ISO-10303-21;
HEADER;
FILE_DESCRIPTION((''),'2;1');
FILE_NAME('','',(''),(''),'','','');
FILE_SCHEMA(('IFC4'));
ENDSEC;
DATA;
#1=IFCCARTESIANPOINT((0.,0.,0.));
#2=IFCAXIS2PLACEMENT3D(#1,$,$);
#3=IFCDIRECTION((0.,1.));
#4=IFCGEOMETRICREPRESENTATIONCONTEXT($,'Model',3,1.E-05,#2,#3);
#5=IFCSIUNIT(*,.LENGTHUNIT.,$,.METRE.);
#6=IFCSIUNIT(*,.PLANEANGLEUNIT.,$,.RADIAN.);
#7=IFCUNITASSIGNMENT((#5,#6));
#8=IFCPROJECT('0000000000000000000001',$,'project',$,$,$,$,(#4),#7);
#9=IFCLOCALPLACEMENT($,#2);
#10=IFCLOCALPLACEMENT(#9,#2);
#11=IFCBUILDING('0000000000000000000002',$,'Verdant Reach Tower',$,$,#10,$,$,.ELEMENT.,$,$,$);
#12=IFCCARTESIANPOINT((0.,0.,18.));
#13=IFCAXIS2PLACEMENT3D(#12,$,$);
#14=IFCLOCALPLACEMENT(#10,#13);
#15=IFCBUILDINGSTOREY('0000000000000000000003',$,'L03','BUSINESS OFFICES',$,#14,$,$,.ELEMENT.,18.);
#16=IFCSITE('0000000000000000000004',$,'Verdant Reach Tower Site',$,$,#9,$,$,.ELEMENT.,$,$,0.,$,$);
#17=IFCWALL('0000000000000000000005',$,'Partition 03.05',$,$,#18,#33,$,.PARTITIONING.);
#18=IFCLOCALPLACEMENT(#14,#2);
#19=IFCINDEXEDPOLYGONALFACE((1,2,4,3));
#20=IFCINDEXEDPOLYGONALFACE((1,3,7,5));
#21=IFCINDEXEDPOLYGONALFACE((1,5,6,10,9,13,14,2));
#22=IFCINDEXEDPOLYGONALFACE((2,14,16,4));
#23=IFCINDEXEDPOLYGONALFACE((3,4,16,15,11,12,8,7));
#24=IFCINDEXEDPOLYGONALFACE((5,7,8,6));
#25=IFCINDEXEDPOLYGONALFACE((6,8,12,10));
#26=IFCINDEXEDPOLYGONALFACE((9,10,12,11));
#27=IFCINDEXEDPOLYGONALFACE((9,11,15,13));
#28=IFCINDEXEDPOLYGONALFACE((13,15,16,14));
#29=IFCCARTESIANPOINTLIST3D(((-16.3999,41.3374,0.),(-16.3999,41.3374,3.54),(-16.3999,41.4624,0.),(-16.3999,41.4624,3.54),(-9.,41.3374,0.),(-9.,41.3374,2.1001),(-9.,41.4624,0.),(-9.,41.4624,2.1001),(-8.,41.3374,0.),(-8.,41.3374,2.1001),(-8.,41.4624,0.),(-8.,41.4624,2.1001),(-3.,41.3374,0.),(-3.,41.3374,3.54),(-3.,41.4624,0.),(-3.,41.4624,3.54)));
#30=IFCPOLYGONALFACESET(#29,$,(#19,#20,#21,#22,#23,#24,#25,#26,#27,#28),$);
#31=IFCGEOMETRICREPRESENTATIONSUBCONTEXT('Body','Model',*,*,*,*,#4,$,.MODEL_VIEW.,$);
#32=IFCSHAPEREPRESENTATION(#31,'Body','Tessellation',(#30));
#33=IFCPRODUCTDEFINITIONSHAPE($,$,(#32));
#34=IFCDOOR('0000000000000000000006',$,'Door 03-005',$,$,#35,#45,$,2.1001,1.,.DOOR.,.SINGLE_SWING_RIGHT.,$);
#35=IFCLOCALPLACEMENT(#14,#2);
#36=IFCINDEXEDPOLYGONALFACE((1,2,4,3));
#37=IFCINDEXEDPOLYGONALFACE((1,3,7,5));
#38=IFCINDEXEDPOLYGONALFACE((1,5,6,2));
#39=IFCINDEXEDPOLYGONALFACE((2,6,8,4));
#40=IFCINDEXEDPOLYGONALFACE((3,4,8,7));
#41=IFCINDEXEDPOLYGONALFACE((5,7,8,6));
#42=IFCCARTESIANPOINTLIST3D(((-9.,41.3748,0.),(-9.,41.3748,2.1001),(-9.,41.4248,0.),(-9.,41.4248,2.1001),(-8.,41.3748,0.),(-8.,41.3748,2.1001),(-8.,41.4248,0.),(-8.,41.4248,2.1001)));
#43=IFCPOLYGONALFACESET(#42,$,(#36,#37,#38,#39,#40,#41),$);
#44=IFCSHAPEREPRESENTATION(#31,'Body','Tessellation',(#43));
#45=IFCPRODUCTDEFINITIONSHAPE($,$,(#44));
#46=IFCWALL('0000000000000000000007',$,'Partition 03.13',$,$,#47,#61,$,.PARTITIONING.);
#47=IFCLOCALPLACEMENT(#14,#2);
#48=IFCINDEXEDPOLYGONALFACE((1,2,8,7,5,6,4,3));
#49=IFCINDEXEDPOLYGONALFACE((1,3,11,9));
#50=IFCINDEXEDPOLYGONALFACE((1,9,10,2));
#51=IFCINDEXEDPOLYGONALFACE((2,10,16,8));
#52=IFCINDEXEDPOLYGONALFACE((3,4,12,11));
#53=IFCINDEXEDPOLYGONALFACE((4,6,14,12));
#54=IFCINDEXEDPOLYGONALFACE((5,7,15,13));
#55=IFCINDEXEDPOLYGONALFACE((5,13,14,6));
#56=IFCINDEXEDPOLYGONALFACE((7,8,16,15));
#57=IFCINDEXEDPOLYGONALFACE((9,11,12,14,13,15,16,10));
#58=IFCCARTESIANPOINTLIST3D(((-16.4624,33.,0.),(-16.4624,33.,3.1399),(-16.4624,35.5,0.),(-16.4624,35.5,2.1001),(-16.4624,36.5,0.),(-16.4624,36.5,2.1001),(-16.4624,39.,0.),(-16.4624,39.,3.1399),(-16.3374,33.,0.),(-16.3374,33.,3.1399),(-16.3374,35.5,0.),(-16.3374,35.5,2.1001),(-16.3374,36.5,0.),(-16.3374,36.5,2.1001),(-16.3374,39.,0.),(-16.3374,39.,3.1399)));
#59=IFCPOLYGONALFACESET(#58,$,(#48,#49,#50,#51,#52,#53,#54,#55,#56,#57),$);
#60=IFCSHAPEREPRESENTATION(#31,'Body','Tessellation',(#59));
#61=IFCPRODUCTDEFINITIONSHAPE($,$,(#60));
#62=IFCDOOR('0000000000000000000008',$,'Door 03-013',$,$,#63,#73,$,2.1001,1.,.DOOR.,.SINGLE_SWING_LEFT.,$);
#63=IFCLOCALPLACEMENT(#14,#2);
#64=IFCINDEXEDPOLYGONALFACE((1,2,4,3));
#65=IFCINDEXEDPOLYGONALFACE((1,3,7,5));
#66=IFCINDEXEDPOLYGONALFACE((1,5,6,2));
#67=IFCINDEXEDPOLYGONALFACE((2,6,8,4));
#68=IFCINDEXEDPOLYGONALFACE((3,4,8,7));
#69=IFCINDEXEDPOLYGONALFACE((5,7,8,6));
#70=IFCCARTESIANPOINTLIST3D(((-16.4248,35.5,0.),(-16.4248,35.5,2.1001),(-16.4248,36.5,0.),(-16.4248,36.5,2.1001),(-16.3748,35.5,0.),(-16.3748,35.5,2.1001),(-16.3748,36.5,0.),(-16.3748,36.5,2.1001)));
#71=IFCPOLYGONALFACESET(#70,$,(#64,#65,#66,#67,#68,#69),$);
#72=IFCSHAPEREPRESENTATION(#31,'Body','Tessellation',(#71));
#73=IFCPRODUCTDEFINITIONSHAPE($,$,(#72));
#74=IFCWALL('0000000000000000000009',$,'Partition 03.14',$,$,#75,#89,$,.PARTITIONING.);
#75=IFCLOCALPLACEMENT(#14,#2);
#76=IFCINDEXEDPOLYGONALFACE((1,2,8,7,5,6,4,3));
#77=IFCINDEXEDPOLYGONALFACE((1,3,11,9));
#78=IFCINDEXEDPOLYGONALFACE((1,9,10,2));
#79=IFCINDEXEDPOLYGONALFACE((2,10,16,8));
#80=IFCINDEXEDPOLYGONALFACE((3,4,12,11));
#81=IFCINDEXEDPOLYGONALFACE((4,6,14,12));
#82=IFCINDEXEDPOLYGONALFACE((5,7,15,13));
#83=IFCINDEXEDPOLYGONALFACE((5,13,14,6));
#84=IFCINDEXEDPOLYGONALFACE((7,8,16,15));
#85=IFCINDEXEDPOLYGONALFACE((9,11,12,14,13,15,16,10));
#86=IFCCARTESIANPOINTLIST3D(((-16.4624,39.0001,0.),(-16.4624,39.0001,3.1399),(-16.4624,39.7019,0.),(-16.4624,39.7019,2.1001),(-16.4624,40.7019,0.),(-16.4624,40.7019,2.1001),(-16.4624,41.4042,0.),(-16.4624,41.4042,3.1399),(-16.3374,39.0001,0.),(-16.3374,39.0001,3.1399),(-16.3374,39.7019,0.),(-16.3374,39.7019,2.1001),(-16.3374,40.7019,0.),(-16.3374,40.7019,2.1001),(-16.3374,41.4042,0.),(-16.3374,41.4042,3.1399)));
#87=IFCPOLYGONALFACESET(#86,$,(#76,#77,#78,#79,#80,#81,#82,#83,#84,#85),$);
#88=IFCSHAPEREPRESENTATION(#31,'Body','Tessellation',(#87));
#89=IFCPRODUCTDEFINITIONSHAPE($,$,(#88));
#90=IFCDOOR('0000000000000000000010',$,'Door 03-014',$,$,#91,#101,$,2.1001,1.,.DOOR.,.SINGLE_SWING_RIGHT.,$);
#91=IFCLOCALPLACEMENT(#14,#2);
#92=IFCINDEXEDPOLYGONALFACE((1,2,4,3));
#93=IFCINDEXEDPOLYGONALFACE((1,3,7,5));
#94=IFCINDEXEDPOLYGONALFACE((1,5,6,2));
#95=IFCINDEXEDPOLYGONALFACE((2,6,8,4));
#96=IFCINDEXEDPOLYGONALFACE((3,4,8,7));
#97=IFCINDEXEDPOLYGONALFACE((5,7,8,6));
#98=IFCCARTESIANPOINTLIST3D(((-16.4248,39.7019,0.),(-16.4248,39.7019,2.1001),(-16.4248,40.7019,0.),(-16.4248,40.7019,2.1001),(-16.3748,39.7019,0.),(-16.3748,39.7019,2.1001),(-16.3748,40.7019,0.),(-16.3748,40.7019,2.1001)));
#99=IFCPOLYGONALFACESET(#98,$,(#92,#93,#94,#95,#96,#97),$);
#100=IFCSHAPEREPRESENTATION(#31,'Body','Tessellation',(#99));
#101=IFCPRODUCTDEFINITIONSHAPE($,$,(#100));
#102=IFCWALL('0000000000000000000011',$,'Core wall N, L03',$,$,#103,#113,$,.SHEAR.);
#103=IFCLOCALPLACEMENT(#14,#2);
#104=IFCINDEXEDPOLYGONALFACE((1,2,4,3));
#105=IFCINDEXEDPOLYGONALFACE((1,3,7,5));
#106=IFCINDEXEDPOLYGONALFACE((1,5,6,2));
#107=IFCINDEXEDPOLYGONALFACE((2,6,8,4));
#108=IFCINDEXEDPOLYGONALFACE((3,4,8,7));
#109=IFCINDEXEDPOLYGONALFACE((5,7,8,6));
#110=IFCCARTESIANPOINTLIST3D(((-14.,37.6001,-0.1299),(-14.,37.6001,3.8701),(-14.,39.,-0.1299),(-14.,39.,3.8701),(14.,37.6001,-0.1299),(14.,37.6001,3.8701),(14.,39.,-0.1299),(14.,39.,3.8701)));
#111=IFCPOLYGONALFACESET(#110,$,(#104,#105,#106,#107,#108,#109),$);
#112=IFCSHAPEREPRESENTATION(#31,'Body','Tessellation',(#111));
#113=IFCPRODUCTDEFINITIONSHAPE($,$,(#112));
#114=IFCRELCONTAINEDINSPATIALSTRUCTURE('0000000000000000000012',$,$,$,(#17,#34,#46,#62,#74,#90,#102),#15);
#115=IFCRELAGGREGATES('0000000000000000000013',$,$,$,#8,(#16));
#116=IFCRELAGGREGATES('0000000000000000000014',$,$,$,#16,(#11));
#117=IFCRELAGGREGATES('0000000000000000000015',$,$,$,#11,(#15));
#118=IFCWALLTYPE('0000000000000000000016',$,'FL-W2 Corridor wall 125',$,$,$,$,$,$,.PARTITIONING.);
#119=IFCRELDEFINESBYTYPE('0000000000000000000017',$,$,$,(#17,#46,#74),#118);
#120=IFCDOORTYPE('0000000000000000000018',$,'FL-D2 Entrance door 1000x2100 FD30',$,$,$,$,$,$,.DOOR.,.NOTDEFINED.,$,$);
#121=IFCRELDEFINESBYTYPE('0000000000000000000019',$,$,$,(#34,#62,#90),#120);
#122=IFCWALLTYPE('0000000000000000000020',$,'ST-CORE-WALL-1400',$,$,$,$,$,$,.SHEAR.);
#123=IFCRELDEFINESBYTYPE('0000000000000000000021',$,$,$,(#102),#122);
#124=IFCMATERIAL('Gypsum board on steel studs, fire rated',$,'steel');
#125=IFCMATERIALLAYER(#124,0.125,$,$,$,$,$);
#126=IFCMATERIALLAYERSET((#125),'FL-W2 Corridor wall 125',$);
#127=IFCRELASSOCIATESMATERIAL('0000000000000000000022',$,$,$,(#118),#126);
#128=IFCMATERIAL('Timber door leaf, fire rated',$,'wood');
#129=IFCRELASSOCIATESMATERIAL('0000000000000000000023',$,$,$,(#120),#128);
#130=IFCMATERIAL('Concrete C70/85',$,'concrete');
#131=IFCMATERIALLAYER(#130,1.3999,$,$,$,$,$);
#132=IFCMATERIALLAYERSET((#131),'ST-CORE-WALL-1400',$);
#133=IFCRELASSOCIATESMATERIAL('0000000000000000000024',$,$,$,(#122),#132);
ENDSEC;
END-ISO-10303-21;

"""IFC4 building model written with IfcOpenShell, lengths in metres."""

from ifc_helpers import new_model, si_unit, direction, frame, frame_2d, origin, place, context, subcontext, project, spatial, rectangle, extrude, material, layer, layer_set, type_object, element, fill, save


model = new_model("IFC4")

# Units and contexts
model_context = context("Model", 3, precision=1e-05, world=origin(), true_north=direction((0.0, 1.0)))
body_context = subcontext(model_context, "Body", "Model", "MODEL_VIEW")
ifc_project = project(units=[si_unit("LENGTHUNIT", "METRE"), si_unit("PLANEANGLEUNIT", "RADIAN")], contexts=[model_context])

# Site, building, storey
site_placement = place(None, origin())
site = spatial("IfcSite", under=ifc_project, at=site_placement, Name="Verdant Reach Tower Site", CompositionType="ELEMENT", RefElevation=0.0)
building_placement = place(site_placement, origin())
building = spatial("IfcBuilding", under=site, at=building_placement, Name="Verdant Reach Tower", CompositionType="ELEMENT")
storey_placement = place(building_placement, frame((0.0, 0.0, 18.0)))
storey = spatial("IfcBuildingStorey", under=building, at=storey_placement, Name="L03", Description="BUSINESS OFFICES", CompositionType="ELEMENT", Elevation=18.0)

# Walls, openings, doors
ifc_material_1 = material(Name="Gypsum board on steel studs, fire rated", Category="steel")
ifc_layer_1 = layer(ifc_material_1, 0.125)
ifc_layer_set_1 = layer_set([ifc_layer_1], Name="FL-W2 Corridor wall 125")
wall_type_1 = type_object("IfcWallType", Name="FL-W2 Corridor wall 125", PredefinedType="PARTITIONING", material=ifc_layer_set_1)
wall_1_placement = place(storey_placement, frame((-16.3999, 41.3999, 0.0), z_axis=(0.0, 0.0, 1.0), x_axis=(1.0, 0.0, 0.0)))
wall_1 = element("IfcWall", 1, at=wall_1_placement, inside=storey, type_object=wall_type_1, Name="Partition 03.05", PredefinedType="PARTITIONING", context=body_context, shape_type="SweptSolid", body=[
    extrude(rectangle(XDim=13.3999, YDim=0.125, at=frame_2d((6.7, 0.0))), origin(), (0.0, 0.0, 1.0), 3.54),
])
opening_1_placement = place(wall_1_placement, frame((7.3999, 0.0, 0.0)))
opening_1 = element("IfcOpeningElement", 2, at=opening_1_placement, cuts=wall_1, PredefinedType="OPENING", context=body_context, shape_type="SweptSolid", body=[
    extrude(rectangle(XDim=1.0, YDim=2.1001, at=frame_2d((0.5, 1.05))), frame((0.0, 0.0725, 0.0), z_axis=(0.0, -1.0, 0.0), x_axis=(1.0, 0.0, 0.0)), (0.0, 0.0, 1.0), 0.145),
])
ifc_material_2 = material(Name="Timber door leaf, fire rated", Category="wood")
door_type_1 = type_object("IfcDoorType", Name="FL-D2 Entrance door 1000x2100 FD30", OperationType="NOTDEFINED", PredefinedType="DOOR", material=ifc_material_2)
door_1_placement = place(opening_1_placement, origin())
door_1 = element("IfcDoor", 3, at=door_1_placement, inside=storey, type_object=door_type_1, Name="Door 03-005", OperationType="SINGLE_SWING_RIGHT", OverallHeight=2.1001, OverallWidth=1.0, PredefinedType="DOOR", context=body_context, shape_type="SweptSolid", body=[
    extrude(rectangle(XDim=1.0, YDim=2.1001, at=frame_2d((0.5, 1.05))), frame((0.0, 0.0249, 0.0), z_axis=(0.0, -1.0, 0.0), x_axis=(1.0, 0.0, 0.0)), (0.0, 0.0, 1.0), 0.05),
])
fill(opening_1, door_1)
wall_2_placement = place(storey_placement, frame((-16.3999, 33.0, 0.0), z_axis=(0.0, 0.0, 1.0), x_axis=(0.0, 1.0, 0.0)))
wall_2 = element("IfcWall", 4, at=wall_2_placement, inside=storey, type_object=wall_type_1, Name="Partition 03.13", PredefinedType="PARTITIONING", context=body_context, shape_type="SweptSolid", body=[
    extrude(rectangle(XDim=6.0, YDim=0.125, at=frame_2d((3.0, 0.0))), origin(), (0.0, 0.0, 1.0), 3.1399),
])
opening_2_placement = place(wall_2_placement, frame((2.5, 0.0, 0.0)))
opening_2 = element("IfcOpeningElement", 5, at=opening_2_placement, cuts=wall_2, PredefinedType="OPENING", context=body_context, shape_type="SweptSolid", body=[
    extrude(rectangle(XDim=1.0, YDim=2.1001, at=frame_2d((0.5, 1.05))), frame((0.0, 0.0725, 0.0), z_axis=(0.0, -1.0, 0.0), x_axis=(1.0, 0.0, 0.0)), (0.0, 0.0, 1.0), 0.145),
])
door_2_placement = place(opening_2_placement, origin())
door_2 = element("IfcDoor", 6, at=door_2_placement, inside=storey, type_object=door_type_1, Name="Door 03-013", OperationType="SINGLE_SWING_LEFT", OverallHeight=2.1001, OverallWidth=1.0, PredefinedType="DOOR", context=body_context, shape_type="SweptSolid", body=[
    extrude(rectangle(XDim=1.0, YDim=2.1001, at=frame_2d((0.5, 1.05))), frame((0.0, 0.0249, 0.0), z_axis=(0.0, -1.0, 0.0), x_axis=(1.0, 0.0, 0.0)), (0.0, 0.0, 1.0), 0.05),
])
fill(opening_2, door_2)
wall_3_placement = place(storey_placement, frame((-16.3999, 39.0, 0.0), z_axis=(0.0, 0.0, 1.0), x_axis=(0.0, 1.0, 0.0)))
wall_3 = element("IfcWall", 7, at=wall_3_placement, inside=storey, type_object=wall_type_1, Name="Partition 03.14", PredefinedType="PARTITIONING", context=body_context, shape_type="SweptSolid", body=[
    extrude(rectangle(XDim=2.4041, YDim=0.125, at=frame_2d((1.2021, 0.0))), origin(), (0.0, 0.0, 1.0), 3.1399),
])
opening_3_placement = place(wall_3_placement, frame((0.7019, 0.0, 0.0)))
opening_3 = element("IfcOpeningElement", 8, at=opening_3_placement, cuts=wall_3, PredefinedType="OPENING", context=body_context, shape_type="SweptSolid", body=[
    extrude(rectangle(XDim=1.0, YDim=2.1001, at=frame_2d((0.5, 1.05))), frame((0.0, 0.0725, 0.0), z_axis=(0.0, -1.0, 0.0), x_axis=(1.0, 0.0, 0.0)), (0.0, 0.0, 1.0), 0.145),
])
door_3_placement = place(opening_3_placement, origin())
door_3 = element("IfcDoor", 9, at=door_3_placement, inside=storey, type_object=door_type_1, Name="Door 03-014", OperationType="SINGLE_SWING_RIGHT", OverallHeight=2.1001, OverallWidth=1.0, PredefinedType="DOOR", context=body_context, shape_type="SweptSolid", body=[
    extrude(rectangle(XDim=1.0, YDim=2.1001, at=frame_2d((0.5, 1.05))), frame((0.0, 0.0249, 0.0), z_axis=(0.0, -1.0, 0.0), x_axis=(1.0, 0.0, 0.0)), (0.0, 0.0, 1.0), 0.05),
])
fill(opening_3, door_3)

# Wall
ifc_material_3 = material(Name="Concrete C70/85", Category="concrete")
ifc_layer_2 = layer(ifc_material_3, 1.3999)
ifc_layer_set_2 = layer_set([ifc_layer_2], Name="ST-CORE-WALL-1400")
wall_type_2 = type_object("IfcWallType", Name="ST-CORE-WALL-1400", PredefinedType="SHEAR", material=ifc_layer_set_2)
wall_4_placement = place(storey_placement, frame((-14.0, 38.3, -0.1299), z_axis=(0.0, 0.0, 1.0), x_axis=(1.0, 0.0, 0.0)))
element("IfcWall", 10, at=wall_4_placement, inside=storey, type_object=wall_type_2, Name="Core wall N, L03", PredefinedType="SHEAR", context=body_context, shape_type="SweptSolid", body=[
    extrude(rectangle(XDim=28.0, YDim=1.3999, at=frame_2d((14.0, 0.0))), origin(), (0.0, 0.0, 1.0), 4.0),
])

save(model, "model.ifc")
